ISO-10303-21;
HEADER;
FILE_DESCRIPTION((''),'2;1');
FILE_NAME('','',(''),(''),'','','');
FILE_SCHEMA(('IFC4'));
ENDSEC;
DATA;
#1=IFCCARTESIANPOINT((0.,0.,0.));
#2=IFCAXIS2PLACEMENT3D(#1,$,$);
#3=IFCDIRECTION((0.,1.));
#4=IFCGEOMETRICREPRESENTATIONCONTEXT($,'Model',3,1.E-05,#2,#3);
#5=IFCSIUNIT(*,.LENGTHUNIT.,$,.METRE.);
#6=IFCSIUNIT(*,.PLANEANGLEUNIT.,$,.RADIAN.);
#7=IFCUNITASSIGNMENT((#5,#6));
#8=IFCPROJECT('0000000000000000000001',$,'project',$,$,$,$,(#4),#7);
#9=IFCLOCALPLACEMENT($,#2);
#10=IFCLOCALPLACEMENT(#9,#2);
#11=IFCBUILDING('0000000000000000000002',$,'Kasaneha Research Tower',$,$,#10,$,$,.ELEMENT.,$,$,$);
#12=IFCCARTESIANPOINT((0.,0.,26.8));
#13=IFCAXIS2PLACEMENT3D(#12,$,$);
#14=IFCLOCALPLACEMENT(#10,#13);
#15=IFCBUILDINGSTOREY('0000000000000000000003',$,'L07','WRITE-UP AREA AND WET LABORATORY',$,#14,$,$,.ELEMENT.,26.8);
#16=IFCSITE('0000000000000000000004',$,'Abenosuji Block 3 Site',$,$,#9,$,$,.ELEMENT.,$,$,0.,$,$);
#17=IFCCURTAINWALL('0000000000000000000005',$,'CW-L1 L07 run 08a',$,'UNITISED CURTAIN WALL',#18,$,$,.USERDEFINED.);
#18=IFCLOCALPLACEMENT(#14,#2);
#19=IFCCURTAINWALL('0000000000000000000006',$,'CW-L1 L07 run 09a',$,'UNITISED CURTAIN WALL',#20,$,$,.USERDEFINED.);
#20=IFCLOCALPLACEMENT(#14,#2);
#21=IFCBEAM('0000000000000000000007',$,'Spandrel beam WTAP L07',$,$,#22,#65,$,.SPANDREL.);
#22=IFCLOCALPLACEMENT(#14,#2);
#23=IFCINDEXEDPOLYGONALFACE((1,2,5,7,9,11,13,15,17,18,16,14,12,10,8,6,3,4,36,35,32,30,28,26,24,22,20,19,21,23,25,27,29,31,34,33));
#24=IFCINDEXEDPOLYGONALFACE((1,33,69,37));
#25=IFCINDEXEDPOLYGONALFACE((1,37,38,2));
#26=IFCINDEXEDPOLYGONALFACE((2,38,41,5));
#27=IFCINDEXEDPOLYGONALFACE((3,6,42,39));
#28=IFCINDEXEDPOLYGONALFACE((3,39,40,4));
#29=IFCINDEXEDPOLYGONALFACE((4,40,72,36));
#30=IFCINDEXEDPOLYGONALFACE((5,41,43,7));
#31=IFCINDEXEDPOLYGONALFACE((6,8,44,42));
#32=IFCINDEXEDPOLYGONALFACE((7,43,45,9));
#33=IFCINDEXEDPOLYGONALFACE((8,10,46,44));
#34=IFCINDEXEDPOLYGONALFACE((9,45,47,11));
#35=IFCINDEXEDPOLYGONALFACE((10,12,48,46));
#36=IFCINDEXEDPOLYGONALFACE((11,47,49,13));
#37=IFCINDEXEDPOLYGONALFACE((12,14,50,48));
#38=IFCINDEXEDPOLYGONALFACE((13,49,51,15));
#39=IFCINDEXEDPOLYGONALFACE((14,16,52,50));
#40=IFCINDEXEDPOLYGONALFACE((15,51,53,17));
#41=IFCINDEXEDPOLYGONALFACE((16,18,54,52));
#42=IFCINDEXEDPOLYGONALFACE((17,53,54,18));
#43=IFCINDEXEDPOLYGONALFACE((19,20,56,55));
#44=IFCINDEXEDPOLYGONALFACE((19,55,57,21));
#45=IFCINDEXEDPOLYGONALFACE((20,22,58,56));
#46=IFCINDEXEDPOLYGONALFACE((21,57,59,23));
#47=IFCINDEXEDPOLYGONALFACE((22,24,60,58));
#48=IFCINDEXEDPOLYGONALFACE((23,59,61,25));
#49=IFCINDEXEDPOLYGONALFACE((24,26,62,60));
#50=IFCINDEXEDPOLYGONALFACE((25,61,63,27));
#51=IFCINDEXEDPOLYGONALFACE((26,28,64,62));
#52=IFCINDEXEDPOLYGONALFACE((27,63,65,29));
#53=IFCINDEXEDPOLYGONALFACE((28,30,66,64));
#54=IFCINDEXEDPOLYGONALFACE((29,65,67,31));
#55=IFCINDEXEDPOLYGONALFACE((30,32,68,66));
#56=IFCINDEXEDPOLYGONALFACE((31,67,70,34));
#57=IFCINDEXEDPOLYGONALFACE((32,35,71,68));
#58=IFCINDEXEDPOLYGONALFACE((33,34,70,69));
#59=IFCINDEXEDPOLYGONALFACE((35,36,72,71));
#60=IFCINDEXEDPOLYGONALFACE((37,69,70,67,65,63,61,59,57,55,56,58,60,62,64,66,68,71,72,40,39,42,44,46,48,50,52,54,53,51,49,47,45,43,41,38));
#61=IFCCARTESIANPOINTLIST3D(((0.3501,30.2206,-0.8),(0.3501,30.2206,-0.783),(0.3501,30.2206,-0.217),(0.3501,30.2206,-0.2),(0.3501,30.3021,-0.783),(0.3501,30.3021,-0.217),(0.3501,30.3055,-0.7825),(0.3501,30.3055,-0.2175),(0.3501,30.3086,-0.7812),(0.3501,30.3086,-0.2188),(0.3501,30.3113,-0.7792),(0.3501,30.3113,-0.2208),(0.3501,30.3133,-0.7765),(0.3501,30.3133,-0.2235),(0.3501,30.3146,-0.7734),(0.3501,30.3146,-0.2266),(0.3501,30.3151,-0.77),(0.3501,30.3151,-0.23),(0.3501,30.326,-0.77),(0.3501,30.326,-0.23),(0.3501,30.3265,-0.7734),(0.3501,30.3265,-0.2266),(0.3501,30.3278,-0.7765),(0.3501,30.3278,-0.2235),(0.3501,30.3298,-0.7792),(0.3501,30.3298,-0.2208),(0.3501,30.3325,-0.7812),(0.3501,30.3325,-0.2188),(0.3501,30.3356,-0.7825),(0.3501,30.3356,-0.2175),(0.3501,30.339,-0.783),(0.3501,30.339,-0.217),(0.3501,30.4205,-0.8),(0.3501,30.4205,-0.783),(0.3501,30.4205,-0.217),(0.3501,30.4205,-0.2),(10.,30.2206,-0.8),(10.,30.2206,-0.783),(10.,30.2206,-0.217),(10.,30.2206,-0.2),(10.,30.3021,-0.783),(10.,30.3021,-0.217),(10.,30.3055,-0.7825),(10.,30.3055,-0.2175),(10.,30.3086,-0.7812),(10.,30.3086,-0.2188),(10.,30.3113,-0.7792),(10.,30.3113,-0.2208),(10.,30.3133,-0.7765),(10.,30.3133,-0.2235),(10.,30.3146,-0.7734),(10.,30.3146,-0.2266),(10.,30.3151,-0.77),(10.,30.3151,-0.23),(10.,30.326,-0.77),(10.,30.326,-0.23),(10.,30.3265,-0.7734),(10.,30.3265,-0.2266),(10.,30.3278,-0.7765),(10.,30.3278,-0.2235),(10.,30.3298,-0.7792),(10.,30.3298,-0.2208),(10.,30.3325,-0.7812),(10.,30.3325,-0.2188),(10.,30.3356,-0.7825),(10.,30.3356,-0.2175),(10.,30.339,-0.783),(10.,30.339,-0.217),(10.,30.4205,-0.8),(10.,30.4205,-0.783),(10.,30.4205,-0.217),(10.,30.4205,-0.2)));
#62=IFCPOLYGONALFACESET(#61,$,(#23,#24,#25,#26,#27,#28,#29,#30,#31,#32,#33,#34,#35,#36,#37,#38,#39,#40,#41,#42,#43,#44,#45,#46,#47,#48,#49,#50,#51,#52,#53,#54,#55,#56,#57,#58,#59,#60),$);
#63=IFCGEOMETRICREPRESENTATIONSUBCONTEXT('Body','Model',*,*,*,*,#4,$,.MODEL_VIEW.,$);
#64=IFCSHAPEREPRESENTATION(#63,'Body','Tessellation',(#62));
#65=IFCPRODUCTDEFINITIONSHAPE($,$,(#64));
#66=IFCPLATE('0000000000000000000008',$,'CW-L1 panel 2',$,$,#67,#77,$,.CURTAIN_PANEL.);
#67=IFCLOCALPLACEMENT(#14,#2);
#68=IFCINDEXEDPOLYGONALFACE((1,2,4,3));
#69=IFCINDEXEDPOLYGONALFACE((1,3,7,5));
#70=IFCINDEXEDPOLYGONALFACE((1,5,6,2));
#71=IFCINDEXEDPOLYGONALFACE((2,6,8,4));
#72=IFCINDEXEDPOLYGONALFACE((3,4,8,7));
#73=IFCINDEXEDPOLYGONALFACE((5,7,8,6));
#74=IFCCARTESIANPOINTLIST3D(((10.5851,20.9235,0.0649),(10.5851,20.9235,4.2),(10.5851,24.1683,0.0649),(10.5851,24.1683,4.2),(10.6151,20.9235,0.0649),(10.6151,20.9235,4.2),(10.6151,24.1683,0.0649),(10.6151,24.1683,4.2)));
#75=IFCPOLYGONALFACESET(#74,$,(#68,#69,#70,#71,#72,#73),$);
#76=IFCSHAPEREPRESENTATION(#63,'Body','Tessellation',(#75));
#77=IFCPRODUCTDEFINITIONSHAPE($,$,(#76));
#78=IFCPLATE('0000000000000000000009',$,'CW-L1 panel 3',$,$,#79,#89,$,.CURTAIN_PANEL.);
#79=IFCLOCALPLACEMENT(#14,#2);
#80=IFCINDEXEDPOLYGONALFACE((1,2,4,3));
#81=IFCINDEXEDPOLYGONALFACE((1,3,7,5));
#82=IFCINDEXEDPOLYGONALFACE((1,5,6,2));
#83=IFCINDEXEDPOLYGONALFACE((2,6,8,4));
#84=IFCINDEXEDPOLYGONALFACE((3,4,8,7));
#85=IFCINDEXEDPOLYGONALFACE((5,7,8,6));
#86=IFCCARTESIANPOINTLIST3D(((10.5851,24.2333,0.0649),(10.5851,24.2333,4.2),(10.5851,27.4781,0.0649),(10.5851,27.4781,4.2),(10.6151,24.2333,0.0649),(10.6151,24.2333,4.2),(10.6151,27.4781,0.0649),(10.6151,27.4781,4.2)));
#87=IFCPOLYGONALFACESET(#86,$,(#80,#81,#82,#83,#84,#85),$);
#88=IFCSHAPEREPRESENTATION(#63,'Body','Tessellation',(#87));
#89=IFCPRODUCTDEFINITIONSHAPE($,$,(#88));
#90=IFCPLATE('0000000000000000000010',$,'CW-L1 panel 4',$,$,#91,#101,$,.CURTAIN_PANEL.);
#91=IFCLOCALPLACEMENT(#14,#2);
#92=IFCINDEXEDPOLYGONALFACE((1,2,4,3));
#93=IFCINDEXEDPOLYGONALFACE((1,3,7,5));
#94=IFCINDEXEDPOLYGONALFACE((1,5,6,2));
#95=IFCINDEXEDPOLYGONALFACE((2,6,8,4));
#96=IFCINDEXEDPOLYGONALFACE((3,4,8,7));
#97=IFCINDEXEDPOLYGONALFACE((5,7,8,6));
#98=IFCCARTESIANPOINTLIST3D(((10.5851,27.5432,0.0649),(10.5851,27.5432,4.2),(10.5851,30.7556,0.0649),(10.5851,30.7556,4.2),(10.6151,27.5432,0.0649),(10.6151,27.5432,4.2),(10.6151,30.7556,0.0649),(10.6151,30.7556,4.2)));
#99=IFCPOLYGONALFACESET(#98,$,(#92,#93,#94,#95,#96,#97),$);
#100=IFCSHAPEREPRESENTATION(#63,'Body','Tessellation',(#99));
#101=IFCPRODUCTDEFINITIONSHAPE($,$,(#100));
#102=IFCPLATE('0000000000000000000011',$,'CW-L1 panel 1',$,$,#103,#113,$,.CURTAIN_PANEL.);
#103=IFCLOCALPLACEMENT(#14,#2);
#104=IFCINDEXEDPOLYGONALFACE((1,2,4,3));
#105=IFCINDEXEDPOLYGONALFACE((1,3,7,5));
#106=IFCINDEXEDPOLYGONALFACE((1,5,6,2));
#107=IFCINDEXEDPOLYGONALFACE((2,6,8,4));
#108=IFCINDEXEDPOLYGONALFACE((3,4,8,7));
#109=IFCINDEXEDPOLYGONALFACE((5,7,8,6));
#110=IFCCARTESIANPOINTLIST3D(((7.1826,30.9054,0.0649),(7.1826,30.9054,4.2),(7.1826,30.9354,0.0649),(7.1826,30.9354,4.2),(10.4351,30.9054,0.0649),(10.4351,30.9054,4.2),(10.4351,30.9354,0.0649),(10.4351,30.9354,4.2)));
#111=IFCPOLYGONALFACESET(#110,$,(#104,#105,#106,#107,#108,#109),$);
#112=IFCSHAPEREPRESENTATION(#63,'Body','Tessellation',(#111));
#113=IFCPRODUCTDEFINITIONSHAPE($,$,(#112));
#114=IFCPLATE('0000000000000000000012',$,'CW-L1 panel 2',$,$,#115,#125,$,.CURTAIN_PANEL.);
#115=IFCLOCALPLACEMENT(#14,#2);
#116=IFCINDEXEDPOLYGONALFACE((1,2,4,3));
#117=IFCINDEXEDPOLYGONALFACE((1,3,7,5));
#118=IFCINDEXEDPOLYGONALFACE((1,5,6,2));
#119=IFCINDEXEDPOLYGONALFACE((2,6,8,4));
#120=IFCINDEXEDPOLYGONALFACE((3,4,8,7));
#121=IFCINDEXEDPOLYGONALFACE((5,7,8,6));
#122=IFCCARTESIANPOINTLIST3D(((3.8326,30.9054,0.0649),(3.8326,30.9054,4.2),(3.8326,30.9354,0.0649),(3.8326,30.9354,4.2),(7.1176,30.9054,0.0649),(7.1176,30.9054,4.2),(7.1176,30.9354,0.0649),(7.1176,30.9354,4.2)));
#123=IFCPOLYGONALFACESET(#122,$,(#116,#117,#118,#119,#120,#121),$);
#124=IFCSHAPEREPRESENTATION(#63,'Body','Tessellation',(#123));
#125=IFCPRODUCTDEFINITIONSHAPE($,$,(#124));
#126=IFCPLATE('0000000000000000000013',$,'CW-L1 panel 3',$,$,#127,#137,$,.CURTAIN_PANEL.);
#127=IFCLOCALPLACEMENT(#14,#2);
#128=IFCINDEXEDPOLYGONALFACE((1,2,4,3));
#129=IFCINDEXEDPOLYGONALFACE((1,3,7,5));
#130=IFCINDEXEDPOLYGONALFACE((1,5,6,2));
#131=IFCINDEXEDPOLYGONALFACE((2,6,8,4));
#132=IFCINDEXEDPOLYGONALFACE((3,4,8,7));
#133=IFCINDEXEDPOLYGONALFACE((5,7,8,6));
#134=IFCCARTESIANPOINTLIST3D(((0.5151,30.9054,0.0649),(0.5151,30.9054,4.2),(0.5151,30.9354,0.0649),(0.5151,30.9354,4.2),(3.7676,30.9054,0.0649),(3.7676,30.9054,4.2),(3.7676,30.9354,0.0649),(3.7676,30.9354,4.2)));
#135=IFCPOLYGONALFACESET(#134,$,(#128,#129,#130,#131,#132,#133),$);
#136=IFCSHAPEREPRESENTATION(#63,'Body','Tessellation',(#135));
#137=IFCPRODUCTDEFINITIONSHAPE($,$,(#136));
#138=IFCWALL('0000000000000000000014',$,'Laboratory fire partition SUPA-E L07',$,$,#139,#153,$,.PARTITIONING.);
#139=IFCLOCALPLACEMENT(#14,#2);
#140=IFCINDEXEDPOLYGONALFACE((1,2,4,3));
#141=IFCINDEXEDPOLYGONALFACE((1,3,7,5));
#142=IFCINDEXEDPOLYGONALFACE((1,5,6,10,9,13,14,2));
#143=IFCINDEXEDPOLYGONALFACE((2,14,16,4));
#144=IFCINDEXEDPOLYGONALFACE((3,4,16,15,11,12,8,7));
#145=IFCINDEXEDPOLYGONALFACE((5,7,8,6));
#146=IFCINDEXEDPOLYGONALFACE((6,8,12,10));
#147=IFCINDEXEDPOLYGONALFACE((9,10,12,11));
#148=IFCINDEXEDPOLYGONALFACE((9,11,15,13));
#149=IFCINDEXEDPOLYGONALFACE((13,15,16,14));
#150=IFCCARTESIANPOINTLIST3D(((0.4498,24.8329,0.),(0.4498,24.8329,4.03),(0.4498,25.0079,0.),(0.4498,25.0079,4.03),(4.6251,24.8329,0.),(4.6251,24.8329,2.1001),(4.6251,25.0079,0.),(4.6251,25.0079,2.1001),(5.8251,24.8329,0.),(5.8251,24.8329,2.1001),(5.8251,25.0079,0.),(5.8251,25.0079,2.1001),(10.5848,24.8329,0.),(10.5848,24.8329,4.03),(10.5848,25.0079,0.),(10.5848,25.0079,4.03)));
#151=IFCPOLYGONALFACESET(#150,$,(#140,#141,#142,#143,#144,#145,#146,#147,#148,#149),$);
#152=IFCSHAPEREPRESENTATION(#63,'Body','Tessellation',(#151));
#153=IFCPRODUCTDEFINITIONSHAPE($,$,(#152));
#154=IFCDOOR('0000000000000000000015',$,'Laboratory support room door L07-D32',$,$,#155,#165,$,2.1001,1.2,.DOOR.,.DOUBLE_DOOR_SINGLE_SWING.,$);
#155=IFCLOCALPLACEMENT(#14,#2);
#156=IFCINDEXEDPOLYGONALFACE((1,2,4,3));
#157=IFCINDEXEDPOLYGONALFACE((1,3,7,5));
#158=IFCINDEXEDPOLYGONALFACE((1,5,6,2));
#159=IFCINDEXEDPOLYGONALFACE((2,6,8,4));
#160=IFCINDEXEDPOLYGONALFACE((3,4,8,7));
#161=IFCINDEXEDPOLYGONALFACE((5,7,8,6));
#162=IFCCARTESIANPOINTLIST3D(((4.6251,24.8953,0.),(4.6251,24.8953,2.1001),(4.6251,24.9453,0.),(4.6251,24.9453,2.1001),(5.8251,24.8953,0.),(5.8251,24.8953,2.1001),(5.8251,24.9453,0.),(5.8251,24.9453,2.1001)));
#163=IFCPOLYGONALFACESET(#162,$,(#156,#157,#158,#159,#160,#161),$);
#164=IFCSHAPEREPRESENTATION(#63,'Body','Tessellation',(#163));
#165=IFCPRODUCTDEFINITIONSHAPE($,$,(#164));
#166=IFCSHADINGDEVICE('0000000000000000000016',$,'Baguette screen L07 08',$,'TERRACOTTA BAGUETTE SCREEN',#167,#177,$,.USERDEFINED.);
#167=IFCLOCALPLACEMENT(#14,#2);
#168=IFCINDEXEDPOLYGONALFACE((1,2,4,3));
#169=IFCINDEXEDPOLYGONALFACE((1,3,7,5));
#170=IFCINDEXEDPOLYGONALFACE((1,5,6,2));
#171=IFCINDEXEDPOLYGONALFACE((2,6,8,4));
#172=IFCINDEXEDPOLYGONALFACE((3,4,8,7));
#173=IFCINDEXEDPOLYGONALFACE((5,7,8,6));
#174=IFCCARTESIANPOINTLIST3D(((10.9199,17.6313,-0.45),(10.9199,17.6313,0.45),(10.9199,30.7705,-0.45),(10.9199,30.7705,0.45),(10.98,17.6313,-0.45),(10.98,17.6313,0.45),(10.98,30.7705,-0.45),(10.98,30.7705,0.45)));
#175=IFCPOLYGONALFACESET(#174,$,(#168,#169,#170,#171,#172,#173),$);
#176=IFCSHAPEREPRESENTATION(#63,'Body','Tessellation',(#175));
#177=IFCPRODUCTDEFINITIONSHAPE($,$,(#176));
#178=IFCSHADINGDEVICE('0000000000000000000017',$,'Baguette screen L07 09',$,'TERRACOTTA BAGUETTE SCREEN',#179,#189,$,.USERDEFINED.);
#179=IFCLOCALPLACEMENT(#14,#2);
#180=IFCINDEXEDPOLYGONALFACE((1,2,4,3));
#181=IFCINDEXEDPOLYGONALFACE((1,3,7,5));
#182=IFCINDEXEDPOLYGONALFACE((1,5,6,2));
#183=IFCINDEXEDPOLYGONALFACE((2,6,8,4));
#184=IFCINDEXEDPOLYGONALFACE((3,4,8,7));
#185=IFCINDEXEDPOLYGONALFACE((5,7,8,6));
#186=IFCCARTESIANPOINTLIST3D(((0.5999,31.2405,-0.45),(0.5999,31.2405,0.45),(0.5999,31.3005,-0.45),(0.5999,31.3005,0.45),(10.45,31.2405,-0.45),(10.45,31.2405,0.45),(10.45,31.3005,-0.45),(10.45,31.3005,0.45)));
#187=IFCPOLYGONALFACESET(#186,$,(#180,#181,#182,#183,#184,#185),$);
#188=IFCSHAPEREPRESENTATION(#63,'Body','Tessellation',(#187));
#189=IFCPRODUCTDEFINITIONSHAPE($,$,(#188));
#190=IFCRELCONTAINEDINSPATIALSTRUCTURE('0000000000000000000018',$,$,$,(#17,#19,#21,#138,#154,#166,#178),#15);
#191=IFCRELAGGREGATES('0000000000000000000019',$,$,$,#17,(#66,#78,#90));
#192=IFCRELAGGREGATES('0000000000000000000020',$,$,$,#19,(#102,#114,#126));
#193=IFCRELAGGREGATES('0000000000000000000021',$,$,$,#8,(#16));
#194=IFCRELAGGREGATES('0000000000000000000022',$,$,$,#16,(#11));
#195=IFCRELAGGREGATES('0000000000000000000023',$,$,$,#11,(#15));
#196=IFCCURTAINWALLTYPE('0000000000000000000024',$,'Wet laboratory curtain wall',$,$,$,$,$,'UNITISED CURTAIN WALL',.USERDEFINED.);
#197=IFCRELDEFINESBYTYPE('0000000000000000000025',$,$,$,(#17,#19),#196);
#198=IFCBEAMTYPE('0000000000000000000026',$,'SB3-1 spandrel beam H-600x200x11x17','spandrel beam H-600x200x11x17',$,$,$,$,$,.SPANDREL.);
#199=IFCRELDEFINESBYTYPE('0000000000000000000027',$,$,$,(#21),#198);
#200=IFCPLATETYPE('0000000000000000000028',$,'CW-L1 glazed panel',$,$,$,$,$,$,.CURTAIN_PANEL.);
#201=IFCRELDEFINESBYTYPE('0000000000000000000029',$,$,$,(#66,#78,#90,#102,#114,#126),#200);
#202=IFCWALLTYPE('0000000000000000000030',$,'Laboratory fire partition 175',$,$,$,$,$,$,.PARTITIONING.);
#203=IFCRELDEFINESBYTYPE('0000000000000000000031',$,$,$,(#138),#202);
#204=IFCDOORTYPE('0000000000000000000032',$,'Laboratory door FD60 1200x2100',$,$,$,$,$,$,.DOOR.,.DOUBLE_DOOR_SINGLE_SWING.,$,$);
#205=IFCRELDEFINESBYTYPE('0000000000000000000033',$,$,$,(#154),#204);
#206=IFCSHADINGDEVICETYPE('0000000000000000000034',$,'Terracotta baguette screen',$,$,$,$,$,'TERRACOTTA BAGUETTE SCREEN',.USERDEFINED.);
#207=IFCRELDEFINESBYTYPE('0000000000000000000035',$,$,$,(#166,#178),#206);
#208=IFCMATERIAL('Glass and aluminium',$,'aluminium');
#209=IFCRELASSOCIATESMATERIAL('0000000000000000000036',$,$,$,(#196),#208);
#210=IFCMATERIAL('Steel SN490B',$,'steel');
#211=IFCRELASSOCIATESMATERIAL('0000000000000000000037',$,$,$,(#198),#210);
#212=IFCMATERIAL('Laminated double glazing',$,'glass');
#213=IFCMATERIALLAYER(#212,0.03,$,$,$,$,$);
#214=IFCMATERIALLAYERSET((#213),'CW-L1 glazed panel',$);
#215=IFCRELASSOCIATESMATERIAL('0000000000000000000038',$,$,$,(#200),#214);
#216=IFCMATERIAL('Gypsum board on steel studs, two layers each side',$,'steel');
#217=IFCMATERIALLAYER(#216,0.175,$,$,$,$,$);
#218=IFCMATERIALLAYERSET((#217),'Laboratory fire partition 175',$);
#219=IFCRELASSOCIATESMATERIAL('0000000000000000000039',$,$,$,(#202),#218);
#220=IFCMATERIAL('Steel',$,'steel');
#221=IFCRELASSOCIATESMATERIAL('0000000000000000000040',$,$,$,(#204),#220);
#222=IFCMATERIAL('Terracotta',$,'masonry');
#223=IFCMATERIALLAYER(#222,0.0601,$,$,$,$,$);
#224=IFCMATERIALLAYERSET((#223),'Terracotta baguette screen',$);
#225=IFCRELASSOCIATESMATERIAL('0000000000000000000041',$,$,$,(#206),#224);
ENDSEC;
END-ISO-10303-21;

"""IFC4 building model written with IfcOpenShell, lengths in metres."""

from ifc_helpers import new_model, si_unit, direction, frame, frame_2d, origin, origin_2d, place, context, subcontext, project, spatial, rectangle, i_section, extrude, material, layer, layer_set, material_profile, profile_set, type_object, element, fill, aggregate, save


model = new_model("IFC4")

# Units and contexts
model_context = context("Model", 3, precision=1e-05, world=origin(), true_north=direction((0.0, 1.0)))
body_context = subcontext(model_context, "Body", "Model", "MODEL_VIEW")
ifc_project = project(units=[si_unit("LENGTHUNIT", "METRE"), si_unit("PLANEANGLEUNIT", "RADIAN")], contexts=[model_context])

# Site, building, storey
site_placement = place(None, origin())
site = spatial("IfcSite", under=ifc_project, at=site_placement, Name="Abenosuji Block 3 Site", CompositionType="ELEMENT", RefElevation=0.0)
building_placement = place(site_placement, origin())
building = spatial("IfcBuilding", under=site, at=building_placement, Name="Kasaneha Research Tower", CompositionType="ELEMENT")
storey_placement = place(building_placement, frame((0.0, 0.0, 26.8)))
storey = spatial("IfcBuildingStorey", under=building, at=storey_placement, Name="L07", Description="WRITE-UP AREA AND WET LABORATORY", CompositionType="ELEMENT", Elevation=26.8)

# Curtain walls
ifc_material_1 = material(Name="Glass and aluminium", Category="aluminium")
curtain_wall_type = type_object("IfcCurtainWallType", Name="Wet laboratory curtain wall", ElementType="UNITISED CURTAIN WALL", PredefinedType="USERDEFINED", material=ifc_material_1)
curtain_wall_1_placement = place(storey_placement, origin())
curtain_wall_1 = element("IfcCurtainWall", 1, at=curtain_wall_1_placement, inside=storey, type_object=curtain_wall_type, Name="CW-L1 L07 run 08a", ObjectType="UNITISED CURTAIN WALL", PredefinedType="USERDEFINED")
curtain_wall_2_placement = place(storey_placement, origin())
curtain_wall_2 = element("IfcCurtainWall", 2, at=curtain_wall_2_placement, inside=storey, type_object=curtain_wall_type, Name="CW-L1 L07 run 09a", ObjectType="UNITISED CURTAIN WALL", PredefinedType="USERDEFINED")

# Beam
ifc_material_2 = material(Name="Steel SN490B", Category="steel")
ifc_material_profile_1 = material_profile(ifc_material_2, i_section(OverallWidth=0.2, OverallDepth=0.6001, WebThickness=0.011, FlangeThickness=0.0171, FilletRadius=0.0129, at=origin_2d()), Name="H-600x200x11x17")
ifc_profile_set_1 = profile_set([ifc_material_profile_1], Name="Steel SN490B")
beam_type_1 = type_object("IfcBeamType", Name="SB3-1 spandrel beam H-600x200x11x17", Description="spandrel beam H-600x200x11x17", PredefinedType="SPANDREL", material=ifc_profile_set_1)
beam_1_placement = place(storey_placement, frame((10.0, 30.3206, -0.5), z_axis=(-1.0, 0.0, 0.0), x_axis=(0.0, -1.0, 0.0)))
element("IfcBeam", 3, at=beam_1_placement, inside=storey, type_object=beam_type_1, Name="Spandrel beam WTAP L07", PredefinedType="SPANDREL", context=body_context, shape_type="SweptSolid", body=[
    extrude(i_section(OverallWidth=0.2, OverallDepth=0.6001, WebThickness=0.011, FlangeThickness=0.0171, FilletRadius=0.0129, at=origin_2d()), origin(), (0.0, 0.0, 1.0), 9.6499),
])

# Plates
ifc_material_3 = material(Name="Laminated double glazing", Category="glass")
ifc_layer_1 = layer(ifc_material_3, 0.03)
ifc_layer_set_1 = layer_set([ifc_layer_1], Name="CW-L1 glazed panel")
plate_type = type_object("IfcPlateType", Name="CW-L1 glazed panel", PredefinedType="CURTAIN_PANEL", material=ifc_layer_set_1)
plate_1_placement = place(storey_placement, frame((10.6001, 22.5459, 0.0649), z_axis=(0.0, 0.0, 1.0), x_axis=(0.0, 1.0, 0.0)))
plate_1 = element("IfcPlate", 4, at=plate_1_placement, type_object=plate_type, Name="CW-L1 panel 2", PredefinedType="CURTAIN_PANEL", context=body_context, shape_type="SweptSolid", body=[
    extrude(rectangle(XDim=3.2449, YDim=0.03, at=origin_2d()), origin(), (0.0, 0.0, 1.0), 4.135),
])
plate_2_placement = place(storey_placement, frame((10.6001, 25.8557, 0.0649), z_axis=(0.0, 0.0, 1.0), x_axis=(0.0, 1.0, 0.0)))
plate_2 = element("IfcPlate", 5, at=plate_2_placement, type_object=plate_type, Name="CW-L1 panel 3", PredefinedType="CURTAIN_PANEL", context=body_context, shape_type="SweptSolid", body=[
    extrude(rectangle(XDim=3.2449, YDim=0.03, at=origin_2d()), origin(), (0.0, 0.0, 1.0), 4.135),
])
plate_3_placement = place(storey_placement, frame((10.6001, 29.1494, 0.0649), z_axis=(0.0, 0.0, 1.0), x_axis=(0.0, 1.0, 0.0)))
plate_3 = element("IfcPlate", 6, at=plate_3_placement, type_object=plate_type, Name="CW-L1 panel 4", PredefinedType="CURTAIN_PANEL", context=body_context, shape_type="SweptSolid", body=[
    extrude(rectangle(XDim=3.2124, YDim=0.03, at=origin_2d()), origin(), (0.0, 0.0, 1.0), 4.135),
])
aggregate(curtain_wall_1, [plate_1, plate_2, plate_3])
plate_4_placement = place(storey_placement, frame((8.8088, 30.9204, 0.0649), z_axis=(0.0, 0.0, 1.0), x_axis=(-1.0, 0.0, 0.0)))
plate_4 = element("IfcPlate", 7, at=plate_4_placement, type_object=plate_type, Name="CW-L1 panel 1", PredefinedType="CURTAIN_PANEL", context=body_context, shape_type="SweptSolid", body=[
    extrude(rectangle(XDim=3.2524, YDim=0.03, at=origin_2d()), origin(), (0.0, 0.0, 1.0), 4.135),
])
plate_5_placement = place(storey_placement, frame((5.4751, 30.9204, 0.0649), z_axis=(0.0, 0.0, 1.0), x_axis=(-1.0, 0.0, 0.0)))
plate_5 = element("IfcPlate", 8, at=plate_5_placement, type_object=plate_type, Name="CW-L1 panel 2", PredefinedType="CURTAIN_PANEL", context=body_context, shape_type="SweptSolid", body=[
    extrude(rectangle(XDim=3.2849, YDim=0.03, at=origin_2d()), origin(), (0.0, 0.0, 1.0), 4.135),
])
plate_6_placement = place(storey_placement, frame((2.1414, 30.9204, 0.0649), z_axis=(0.0, 0.0, 1.0), x_axis=(-1.0, 0.0, 0.0)))
plate_6 = element("IfcPlate", 9, at=plate_6_placement, type_object=plate_type, Name="CW-L1 panel 3", PredefinedType="CURTAIN_PANEL", context=body_context, shape_type="SweptSolid", body=[
    extrude(rectangle(XDim=3.2524, YDim=0.03, at=origin_2d()), origin(), (0.0, 0.0, 1.0), 4.135),
])
aggregate(curtain_wall_2, [plate_4, plate_5, plate_6])

# Wall, opening, door
ifc_material_4 = material(Name="Gypsum board on steel studs, two layers each side", Category="steel")
ifc_layer_2 = layer(ifc_material_4, 0.175)
ifc_layer_set_2 = layer_set([ifc_layer_2], Name="Laboratory fire partition 175")
wall_type = type_object("IfcWallType", Name="Laboratory fire partition 175", PredefinedType="PARTITIONING", material=ifc_layer_set_2)
wall_placement = place(storey_placement, frame((0.45, 24.9204, 0.0), z_axis=(0.0, 0.0, 1.0), x_axis=(1.0, 0.0, 0.0)))
wall = element("IfcWall", 10, at=wall_placement, inside=storey, type_object=wall_type, Name="Laboratory fire partition SUPA-E L07", PredefinedType="PARTITIONING", context=body_context, shape_type="SweptSolid", body=[
    extrude(rectangle(XDim=10.135, YDim=0.175, at=frame_2d((5.0674, 0.0))), origin(), (0.0, 0.0, 1.0), 4.03),
])
opening_placement = place(wall_placement, frame((4.175, 0.0, 0.0)))
opening = element("IfcOpeningElement", 11, at=opening_placement, cuts=wall, PredefinedType="OPENING", context=body_context, shape_type="SweptSolid", body=[
    extrude(rectangle(XDim=1.2, YDim=2.1001, at=frame_2d((0.6001, 1.05))), frame((0.0, 0.0977, 0.0), z_axis=(0.0, -1.0, 0.0), x_axis=(1.0, 0.0, 0.0)), (0.0, 0.0, 1.0), 0.1951),
])
ifc_material_5 = material(Name="Steel", Category="steel")
door_type = type_object("IfcDoorType", Name="Laboratory door FD60 1200x2100", OperationType="DOUBLE_DOOR_SINGLE_SWING", PredefinedType="DOOR", material=ifc_material_5)
door_placement = place(opening_placement, origin())
door = element("IfcDoor", 12, at=door_placement, inside=storey, type_object=door_type, Name="Laboratory support room door L07-D32", OperationType="DOUBLE_DOOR_SINGLE_SWING", OverallHeight=2.1001, OverallWidth=1.2, PredefinedType="DOOR", context=body_context, shape_type="SweptSolid", body=[
    extrude(rectangle(XDim=1.2, YDim=2.1001, at=frame_2d((0.6001, 1.05))), frame((0.0, 0.0249, 0.0), z_axis=(0.0, -1.0, 0.0), x_axis=(1.0, 0.0, 0.0)), (0.0, 0.0, 1.0), 0.05),
])
fill(opening, door)

# Shading devices
ifc_material_6 = material(Name="Terracotta", Category="masonry")
ifc_layer_3 = layer(ifc_material_6, 0.0601)
ifc_layer_set_3 = layer_set([ifc_layer_3], Name="Terracotta baguette screen")
shading_device_type = type_object("IfcShadingDeviceType", Name="Terracotta baguette screen", ElementType="TERRACOTTA BAGUETTE SCREEN", PredefinedType="USERDEFINED", material=ifc_layer_set_3)
shading_device_1_placement = place(storey_placement, frame((10.95, 24.2009, -0.45), z_axis=(0.0, 0.0, 1.0), x_axis=(0.0, 1.0, 0.0)))
element("IfcShadingDevice", 13, at=shading_device_1_placement, inside=storey, type_object=shading_device_type, Name="Baguette screen L07 08", ObjectType="TERRACOTTA BAGUETTE SCREEN", PredefinedType="USERDEFINED", context=body_context, shape_type="SweptSolid", body=[
    extrude(rectangle(XDim=13.1392, YDim=0.0601, at=origin_2d()), origin(), (0.0, 0.0, 1.0), 0.8999),
])
shading_device_2_placement = place(storey_placement, frame((5.5249, 31.2705, -0.45), z_axis=(0.0, 0.0, 1.0), x_axis=(-1.0, 0.0, 0.0)))
element("IfcShadingDevice", 14, at=shading_device_2_placement, inside=storey, type_object=shading_device_type, Name="Baguette screen L07 09", ObjectType="TERRACOTTA BAGUETTE SCREEN", PredefinedType="USERDEFINED", context=body_context, shape_type="SweptSolid", body=[
    extrude(rectangle(XDim=9.8501, YDim=0.0601, at=origin_2d()), origin(), (0.0, 0.0, 1.0), 0.8999),
])

save(model, "model.ifc")
